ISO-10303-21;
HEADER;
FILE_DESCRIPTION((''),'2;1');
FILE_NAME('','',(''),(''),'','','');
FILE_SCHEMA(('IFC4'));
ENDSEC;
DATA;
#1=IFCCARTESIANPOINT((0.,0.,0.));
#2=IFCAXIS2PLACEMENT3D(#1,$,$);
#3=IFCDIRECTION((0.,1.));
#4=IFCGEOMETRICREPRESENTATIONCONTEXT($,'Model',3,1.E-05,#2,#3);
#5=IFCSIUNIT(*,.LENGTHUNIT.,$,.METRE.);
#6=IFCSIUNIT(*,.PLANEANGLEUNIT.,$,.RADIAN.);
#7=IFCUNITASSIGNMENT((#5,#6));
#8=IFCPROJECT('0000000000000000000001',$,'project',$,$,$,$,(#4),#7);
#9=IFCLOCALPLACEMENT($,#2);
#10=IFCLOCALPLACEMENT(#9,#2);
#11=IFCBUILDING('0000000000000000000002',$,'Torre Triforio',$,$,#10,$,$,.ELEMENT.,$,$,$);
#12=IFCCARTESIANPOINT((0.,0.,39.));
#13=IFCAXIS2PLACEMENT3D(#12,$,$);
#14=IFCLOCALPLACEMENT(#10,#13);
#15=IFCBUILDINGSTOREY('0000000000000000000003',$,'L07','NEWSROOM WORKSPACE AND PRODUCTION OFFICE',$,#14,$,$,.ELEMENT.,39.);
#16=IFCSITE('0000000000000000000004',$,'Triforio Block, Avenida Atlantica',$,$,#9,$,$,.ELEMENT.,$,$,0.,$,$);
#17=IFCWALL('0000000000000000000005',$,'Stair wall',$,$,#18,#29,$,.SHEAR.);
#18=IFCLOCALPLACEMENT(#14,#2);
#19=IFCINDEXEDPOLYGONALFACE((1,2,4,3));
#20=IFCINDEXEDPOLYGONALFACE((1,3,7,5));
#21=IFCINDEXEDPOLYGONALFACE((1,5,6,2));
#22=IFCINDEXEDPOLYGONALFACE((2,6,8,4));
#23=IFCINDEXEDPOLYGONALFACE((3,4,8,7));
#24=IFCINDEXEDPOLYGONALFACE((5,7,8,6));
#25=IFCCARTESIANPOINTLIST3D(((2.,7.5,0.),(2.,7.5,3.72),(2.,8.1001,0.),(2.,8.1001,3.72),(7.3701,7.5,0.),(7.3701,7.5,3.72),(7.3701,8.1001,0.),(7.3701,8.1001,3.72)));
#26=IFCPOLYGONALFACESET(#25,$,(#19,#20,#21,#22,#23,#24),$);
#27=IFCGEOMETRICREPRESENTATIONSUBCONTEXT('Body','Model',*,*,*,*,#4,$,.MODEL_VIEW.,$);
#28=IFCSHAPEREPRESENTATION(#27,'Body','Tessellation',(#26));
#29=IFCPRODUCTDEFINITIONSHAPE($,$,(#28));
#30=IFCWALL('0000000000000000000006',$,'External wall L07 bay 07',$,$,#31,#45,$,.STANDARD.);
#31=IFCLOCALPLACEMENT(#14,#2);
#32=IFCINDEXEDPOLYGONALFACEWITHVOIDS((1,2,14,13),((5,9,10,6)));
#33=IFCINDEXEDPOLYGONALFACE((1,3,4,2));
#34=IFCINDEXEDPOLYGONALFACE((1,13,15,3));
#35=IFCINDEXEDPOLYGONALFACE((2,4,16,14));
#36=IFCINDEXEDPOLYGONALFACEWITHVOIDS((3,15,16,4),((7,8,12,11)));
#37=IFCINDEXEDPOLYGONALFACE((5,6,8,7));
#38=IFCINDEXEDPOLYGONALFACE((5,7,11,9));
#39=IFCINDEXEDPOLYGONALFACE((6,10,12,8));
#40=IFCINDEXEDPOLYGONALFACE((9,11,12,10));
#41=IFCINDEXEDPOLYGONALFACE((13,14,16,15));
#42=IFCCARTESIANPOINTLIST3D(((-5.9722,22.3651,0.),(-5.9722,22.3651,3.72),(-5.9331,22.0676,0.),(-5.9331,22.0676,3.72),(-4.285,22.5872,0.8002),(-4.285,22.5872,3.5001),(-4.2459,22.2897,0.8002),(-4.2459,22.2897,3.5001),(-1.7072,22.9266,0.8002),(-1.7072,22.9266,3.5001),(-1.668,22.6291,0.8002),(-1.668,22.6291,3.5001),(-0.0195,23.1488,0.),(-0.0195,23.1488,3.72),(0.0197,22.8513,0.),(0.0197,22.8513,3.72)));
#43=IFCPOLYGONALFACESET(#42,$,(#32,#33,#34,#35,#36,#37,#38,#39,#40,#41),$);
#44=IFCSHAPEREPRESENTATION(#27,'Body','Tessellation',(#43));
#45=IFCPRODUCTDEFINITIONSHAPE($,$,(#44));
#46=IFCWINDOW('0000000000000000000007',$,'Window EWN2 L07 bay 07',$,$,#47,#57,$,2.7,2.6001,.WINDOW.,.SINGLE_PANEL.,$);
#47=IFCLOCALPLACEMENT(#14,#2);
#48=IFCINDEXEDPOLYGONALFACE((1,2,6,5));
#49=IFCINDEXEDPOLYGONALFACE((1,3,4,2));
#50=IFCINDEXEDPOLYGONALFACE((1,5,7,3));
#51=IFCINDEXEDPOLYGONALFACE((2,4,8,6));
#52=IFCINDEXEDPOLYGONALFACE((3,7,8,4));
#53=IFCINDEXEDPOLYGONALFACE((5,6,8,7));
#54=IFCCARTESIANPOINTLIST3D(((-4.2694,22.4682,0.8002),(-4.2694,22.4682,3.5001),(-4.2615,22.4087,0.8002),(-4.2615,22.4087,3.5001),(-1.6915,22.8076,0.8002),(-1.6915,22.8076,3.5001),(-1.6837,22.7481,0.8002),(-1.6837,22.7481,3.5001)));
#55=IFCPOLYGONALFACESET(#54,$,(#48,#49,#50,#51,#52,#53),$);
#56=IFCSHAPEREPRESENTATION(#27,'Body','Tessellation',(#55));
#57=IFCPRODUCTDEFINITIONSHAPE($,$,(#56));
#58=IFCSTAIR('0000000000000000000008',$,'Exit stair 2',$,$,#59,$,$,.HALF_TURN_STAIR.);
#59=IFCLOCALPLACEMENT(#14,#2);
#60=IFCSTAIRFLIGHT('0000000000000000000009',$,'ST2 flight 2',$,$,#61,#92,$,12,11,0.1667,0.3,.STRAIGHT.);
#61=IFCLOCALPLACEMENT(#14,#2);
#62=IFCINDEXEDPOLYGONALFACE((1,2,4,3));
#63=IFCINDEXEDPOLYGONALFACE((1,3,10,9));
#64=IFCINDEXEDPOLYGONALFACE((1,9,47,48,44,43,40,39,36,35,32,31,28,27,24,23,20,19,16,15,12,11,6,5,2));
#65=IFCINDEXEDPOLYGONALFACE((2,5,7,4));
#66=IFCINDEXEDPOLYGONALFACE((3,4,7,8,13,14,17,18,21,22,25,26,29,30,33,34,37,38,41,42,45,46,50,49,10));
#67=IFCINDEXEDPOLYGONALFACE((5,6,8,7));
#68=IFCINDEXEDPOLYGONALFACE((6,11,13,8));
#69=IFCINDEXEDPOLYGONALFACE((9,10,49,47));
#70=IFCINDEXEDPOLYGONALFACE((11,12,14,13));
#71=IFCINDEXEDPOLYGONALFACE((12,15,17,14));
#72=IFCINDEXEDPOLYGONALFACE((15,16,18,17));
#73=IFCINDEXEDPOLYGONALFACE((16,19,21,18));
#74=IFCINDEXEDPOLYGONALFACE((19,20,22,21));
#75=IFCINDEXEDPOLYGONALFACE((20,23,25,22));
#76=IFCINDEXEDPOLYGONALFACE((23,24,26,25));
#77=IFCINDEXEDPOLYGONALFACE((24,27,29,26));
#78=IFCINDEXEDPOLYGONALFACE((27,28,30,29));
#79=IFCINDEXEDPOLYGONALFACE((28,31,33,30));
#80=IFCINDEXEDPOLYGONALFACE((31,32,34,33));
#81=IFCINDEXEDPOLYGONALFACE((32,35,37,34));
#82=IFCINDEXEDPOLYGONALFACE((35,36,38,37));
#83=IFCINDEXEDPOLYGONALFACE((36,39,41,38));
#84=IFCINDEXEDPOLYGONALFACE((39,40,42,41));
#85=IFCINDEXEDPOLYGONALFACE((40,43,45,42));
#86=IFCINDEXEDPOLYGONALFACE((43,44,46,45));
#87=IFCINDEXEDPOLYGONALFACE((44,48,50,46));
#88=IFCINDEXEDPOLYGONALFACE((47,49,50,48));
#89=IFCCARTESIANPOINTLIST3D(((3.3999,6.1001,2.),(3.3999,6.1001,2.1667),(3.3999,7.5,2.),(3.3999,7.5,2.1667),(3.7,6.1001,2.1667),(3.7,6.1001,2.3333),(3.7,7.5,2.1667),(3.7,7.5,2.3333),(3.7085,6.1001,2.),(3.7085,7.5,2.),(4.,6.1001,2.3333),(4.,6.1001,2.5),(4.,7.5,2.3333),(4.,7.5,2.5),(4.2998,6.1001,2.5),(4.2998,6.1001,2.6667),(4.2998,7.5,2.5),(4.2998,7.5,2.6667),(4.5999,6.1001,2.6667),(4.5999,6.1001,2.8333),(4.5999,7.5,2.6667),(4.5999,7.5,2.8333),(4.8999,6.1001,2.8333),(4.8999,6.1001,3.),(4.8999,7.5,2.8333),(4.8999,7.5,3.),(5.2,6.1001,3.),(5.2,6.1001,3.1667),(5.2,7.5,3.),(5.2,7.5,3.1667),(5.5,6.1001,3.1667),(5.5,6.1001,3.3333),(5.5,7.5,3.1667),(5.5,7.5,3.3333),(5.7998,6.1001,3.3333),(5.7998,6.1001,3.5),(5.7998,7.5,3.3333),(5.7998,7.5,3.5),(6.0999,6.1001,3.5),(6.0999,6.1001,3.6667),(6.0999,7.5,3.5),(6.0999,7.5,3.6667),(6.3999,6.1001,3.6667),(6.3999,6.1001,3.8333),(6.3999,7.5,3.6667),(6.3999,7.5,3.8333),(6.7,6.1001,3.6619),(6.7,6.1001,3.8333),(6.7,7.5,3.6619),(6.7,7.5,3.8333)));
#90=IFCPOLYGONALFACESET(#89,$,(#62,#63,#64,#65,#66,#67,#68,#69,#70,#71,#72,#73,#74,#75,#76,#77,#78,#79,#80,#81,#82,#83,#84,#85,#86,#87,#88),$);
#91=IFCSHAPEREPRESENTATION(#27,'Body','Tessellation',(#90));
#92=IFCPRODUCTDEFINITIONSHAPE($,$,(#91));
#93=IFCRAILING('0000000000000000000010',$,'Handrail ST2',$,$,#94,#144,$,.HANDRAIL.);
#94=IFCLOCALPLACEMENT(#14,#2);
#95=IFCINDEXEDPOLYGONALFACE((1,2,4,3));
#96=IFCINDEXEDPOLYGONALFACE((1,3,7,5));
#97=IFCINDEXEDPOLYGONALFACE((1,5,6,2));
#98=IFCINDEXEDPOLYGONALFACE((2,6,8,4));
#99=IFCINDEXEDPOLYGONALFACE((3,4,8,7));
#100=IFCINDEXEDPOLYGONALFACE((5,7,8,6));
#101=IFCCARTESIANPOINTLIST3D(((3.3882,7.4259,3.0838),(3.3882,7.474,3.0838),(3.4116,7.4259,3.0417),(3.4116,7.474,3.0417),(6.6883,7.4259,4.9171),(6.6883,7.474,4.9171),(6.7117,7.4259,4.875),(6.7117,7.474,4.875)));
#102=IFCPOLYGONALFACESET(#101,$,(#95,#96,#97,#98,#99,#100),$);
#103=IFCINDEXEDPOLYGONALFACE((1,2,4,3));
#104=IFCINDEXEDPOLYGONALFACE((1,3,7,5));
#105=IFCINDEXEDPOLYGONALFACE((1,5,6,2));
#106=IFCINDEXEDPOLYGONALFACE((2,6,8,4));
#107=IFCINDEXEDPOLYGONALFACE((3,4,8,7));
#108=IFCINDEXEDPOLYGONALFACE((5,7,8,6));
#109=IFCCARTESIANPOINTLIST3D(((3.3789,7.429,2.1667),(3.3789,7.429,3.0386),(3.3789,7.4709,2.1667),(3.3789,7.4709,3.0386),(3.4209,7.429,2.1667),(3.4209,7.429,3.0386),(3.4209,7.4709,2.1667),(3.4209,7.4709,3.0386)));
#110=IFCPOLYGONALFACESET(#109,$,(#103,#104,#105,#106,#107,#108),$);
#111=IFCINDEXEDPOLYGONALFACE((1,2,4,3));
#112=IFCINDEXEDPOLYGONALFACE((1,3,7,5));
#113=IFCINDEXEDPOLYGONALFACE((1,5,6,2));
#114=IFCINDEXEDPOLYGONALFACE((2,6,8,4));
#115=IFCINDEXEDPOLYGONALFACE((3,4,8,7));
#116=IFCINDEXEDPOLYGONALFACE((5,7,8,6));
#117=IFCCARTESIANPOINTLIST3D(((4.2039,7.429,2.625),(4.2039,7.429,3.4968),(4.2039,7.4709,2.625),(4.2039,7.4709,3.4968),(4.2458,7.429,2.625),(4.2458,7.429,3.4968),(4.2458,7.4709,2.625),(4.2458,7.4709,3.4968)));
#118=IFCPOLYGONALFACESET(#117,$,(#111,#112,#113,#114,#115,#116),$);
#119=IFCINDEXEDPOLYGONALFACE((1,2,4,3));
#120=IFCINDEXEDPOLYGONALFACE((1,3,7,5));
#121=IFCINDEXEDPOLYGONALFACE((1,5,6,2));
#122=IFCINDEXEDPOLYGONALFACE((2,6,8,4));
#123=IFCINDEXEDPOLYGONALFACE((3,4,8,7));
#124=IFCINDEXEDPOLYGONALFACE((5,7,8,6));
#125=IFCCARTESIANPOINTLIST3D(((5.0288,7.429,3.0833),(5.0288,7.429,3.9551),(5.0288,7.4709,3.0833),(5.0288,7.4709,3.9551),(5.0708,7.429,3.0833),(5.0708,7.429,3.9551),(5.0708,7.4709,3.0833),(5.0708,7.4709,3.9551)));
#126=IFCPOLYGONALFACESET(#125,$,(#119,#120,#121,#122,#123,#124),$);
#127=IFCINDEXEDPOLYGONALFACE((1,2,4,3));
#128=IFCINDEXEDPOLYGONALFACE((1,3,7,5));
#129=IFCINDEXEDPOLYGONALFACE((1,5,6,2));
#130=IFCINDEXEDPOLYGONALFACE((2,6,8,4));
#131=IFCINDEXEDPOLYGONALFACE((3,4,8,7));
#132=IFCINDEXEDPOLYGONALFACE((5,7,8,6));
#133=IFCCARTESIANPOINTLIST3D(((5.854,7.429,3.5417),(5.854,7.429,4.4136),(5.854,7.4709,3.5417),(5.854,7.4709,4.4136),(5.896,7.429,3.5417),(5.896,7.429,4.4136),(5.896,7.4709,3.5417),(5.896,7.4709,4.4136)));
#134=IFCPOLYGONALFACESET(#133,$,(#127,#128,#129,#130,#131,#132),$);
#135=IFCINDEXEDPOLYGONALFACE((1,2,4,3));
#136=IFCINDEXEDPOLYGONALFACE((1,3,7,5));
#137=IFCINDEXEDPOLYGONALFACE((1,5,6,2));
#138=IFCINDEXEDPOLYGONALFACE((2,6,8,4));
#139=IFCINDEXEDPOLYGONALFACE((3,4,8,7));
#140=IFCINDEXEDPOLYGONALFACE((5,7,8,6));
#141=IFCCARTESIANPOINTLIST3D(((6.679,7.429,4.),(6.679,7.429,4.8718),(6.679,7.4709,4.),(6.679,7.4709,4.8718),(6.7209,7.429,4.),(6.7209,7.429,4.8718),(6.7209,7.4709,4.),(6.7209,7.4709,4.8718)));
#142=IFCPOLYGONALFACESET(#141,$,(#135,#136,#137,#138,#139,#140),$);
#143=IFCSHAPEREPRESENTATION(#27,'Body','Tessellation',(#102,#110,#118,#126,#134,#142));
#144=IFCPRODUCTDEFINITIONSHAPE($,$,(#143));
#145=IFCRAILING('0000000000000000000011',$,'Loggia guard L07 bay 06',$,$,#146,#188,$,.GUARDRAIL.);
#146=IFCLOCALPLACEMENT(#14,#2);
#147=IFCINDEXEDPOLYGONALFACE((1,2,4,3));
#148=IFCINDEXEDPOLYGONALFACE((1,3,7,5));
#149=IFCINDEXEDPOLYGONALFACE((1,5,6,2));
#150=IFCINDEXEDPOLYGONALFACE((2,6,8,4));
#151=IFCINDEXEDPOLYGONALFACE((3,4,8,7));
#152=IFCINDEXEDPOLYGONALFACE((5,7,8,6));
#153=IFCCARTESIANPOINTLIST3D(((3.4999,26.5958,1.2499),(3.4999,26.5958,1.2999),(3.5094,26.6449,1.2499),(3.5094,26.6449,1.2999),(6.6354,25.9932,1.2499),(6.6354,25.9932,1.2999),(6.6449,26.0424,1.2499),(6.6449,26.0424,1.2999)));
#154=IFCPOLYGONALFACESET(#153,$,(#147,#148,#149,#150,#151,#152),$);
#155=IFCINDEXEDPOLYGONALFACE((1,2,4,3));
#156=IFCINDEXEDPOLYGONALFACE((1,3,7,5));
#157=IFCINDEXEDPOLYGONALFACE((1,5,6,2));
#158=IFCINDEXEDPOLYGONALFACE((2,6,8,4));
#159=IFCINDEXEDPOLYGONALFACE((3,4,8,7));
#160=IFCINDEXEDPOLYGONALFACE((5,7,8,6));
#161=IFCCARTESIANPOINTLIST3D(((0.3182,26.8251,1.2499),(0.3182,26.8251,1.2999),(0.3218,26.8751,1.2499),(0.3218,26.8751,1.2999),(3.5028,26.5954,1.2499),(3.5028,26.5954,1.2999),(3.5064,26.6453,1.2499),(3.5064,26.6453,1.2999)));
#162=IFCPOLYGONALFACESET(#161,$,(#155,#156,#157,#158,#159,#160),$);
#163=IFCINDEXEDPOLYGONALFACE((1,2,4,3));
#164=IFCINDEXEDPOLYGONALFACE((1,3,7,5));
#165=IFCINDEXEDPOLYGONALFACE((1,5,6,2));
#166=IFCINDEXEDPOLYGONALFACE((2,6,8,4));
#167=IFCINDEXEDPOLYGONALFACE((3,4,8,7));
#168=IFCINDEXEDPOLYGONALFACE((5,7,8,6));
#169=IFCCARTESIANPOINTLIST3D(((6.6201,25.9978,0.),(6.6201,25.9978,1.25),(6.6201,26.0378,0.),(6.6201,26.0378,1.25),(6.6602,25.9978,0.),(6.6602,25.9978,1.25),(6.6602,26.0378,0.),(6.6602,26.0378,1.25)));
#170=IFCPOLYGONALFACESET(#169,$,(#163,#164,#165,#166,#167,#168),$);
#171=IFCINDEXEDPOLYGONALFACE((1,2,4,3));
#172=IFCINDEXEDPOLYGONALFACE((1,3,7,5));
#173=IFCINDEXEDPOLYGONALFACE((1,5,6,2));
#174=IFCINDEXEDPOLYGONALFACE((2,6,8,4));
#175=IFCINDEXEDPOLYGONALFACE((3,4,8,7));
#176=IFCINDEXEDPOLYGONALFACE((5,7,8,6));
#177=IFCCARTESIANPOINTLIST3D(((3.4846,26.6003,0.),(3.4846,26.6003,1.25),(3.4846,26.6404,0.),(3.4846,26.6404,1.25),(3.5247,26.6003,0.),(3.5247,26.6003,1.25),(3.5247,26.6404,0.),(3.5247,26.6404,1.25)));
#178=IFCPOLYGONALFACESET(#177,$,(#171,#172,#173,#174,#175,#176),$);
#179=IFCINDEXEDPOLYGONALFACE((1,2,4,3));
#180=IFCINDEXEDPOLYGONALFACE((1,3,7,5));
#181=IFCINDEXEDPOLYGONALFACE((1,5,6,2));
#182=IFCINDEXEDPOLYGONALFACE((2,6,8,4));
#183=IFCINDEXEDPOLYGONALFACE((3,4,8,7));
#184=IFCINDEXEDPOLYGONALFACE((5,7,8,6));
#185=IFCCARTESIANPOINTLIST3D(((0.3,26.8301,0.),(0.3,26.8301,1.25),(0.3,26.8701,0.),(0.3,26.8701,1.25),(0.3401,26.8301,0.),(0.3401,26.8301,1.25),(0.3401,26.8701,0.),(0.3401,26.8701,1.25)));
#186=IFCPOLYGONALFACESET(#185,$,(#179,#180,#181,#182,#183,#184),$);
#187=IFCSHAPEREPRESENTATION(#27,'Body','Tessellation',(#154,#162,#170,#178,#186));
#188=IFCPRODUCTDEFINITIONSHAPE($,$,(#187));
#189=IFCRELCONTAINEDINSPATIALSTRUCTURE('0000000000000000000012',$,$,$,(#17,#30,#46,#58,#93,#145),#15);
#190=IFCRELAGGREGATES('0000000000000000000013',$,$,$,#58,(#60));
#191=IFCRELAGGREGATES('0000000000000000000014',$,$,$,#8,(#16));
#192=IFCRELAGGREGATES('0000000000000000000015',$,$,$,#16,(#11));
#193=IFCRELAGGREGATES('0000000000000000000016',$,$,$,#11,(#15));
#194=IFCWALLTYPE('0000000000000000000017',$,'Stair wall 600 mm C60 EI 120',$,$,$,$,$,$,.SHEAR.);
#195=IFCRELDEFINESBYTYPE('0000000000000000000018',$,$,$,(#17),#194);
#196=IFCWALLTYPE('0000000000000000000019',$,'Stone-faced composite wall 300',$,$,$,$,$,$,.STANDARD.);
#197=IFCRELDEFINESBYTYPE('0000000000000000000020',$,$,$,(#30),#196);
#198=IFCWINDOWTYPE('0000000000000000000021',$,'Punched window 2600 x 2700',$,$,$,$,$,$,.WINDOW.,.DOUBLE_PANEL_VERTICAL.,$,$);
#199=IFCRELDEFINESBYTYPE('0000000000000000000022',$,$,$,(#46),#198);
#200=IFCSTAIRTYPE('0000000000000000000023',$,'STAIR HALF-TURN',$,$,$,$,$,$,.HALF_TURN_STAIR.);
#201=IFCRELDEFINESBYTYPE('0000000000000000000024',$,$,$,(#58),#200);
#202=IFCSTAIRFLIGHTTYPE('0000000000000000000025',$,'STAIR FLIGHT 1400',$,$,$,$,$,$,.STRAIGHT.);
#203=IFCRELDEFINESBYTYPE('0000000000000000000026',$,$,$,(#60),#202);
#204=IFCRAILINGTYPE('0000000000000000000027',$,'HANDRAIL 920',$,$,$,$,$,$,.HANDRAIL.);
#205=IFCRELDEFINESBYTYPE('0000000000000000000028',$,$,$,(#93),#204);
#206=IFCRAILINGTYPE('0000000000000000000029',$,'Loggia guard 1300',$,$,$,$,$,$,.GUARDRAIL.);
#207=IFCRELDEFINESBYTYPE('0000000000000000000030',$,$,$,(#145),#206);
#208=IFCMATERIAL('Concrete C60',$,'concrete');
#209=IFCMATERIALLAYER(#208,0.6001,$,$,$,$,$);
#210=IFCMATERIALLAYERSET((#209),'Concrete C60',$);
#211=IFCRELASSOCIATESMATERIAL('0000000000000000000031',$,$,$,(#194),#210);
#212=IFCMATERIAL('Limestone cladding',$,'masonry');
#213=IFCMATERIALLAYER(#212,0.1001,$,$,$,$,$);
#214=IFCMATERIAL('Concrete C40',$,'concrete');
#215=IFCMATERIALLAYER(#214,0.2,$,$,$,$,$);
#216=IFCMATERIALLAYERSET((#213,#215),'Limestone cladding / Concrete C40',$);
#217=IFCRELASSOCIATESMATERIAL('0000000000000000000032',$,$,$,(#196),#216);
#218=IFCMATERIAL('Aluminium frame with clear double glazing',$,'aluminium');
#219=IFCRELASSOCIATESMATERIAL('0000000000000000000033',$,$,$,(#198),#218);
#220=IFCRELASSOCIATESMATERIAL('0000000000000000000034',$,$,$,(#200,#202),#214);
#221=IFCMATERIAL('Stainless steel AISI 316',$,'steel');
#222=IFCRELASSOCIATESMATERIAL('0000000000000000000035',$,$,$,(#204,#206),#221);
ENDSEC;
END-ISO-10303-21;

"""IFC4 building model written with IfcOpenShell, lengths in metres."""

from ifc_helpers import new_model, si_unit, direction, frame, frame_2d, origin, origin_2d, place, context, subcontext, project, spatial, polyline, rectangle, outline, extrude, material, layer, layer_set, type_object, element, fill, aggregate, save


model = new_model("IFC4")

# Units and contexts
model_context = context("Model", 3, precision=1e-05, world=origin(), true_north=direction((0.0, 1.0)))
body_context = subcontext(model_context, "Body", "Model", "MODEL_VIEW")
ifc_project = project(units=[si_unit("LENGTHUNIT", "METRE"), si_unit("PLANEANGLEUNIT", "RADIAN")], contexts=[model_context])

# Site, building, storey
site_placement = place(None, origin())
site = spatial("IfcSite", under=ifc_project, at=site_placement, Name="Triforio Block, Avenida Atlantica", CompositionType="ELEMENT", RefElevation=0.0)
building_placement = place(site_placement, origin())
building = spatial("IfcBuilding", under=site, at=building_placement, Name="Torre Triforio", CompositionType="ELEMENT")
storey_placement = place(building_placement, frame((0.0, 0.0, 39.0)))
storey = spatial("IfcBuildingStorey", under=building, at=storey_placement, Name="L07", Description="NEWSROOM WORKSPACE AND PRODUCTION OFFICE", CompositionType="ELEMENT", Elevation=39.0)

# Shared definitions
ifc_material_1 = material(Name="Concrete C60", Category="concrete")

# Wall
ifc_layer_1 = layer(ifc_material_1, 0.6001)
ifc_layer_set_1 = layer_set([ifc_layer_1], Name="Concrete C60")
wall_type_1 = type_object("IfcWallType", Name="Stair wall 600 mm C60 EI 120", PredefinedType="SHEAR", material=ifc_layer_set_1)
wall_1_placement = place(storey_placement, frame((2.0, 7.8, 0.0), z_axis=(0.0, 0.0, 1.0), x_axis=(1.0, 0.0, 0.0)))
element("IfcWall", 1, at=wall_1_placement, inside=storey, type_object=wall_type_1, Name="Stair wall", PredefinedType="SHEAR", context=body_context, shape_type="SweptSolid", body=[
    extrude(rectangle(XDim=5.3701, YDim=0.6001, at=frame_2d((2.6851, 0.0))), origin(), (0.0, 0.0, 1.0), 3.72),
])

# Shared definitions
ifc_material_2 = material(Name="Limestone cladding", Category="masonry")
ifc_layer_2 = layer(ifc_material_2, 0.1001)
ifc_material_3 = material(Name="Concrete C40", Category="concrete")
ifc_layer_3 = layer(ifc_material_3, 0.2)
ifc_layer_set_2 = layer_set([ifc_layer_2, ifc_layer_3], Name="Limestone cladding / Concrete C40")
wall_type_2 = type_object("IfcWallType", Name="Stone-faced composite wall 300", PredefinedType="STANDARD", material=ifc_layer_set_2)
ifc_material_4 = material(Name="Aluminium frame with clear double glazing", Category="aluminium")

# Wall, opening, window
wall_2_placement = place(storey_placement, frame((0.0, 23.0, 0.0), z_axis=(0.0, 0.0, 1.0), x_axis=(-0.991445, -0.130523, 0.0)))
wall_2 = element("IfcWall", 2, at=wall_2_placement, inside=storey, type_object=wall_type_2, Name="External wall L07 bay 07", PredefinedType="STANDARD", context=body_context, shape_type="SweptSolid", body=[
    extrude(rectangle(XDim=6.0042, YDim=0.3, at=frame_2d((3.002, 0.0))), origin(), (0.0, 0.0, 1.0), 3.72),
])
opening_1_placement = place(wall_2_placement, frame((1.7021, 0.0, 0.8)))
opening_1 = element("IfcOpeningElement", 3, at=opening_1_placement, cuts=wall_2, PredefinedType="OPENING", context=body_context, shape_type="SweptSolid", body=[
    extrude(rectangle(XDim=2.6001, YDim=2.7, at=frame_2d((1.3, 1.3501))), frame((0.0, 0.1599, 0.0), z_axis=(0.0, -1.0, 0.0), x_axis=(1.0, 0.0, 0.0)), (0.0, 0.0, 1.0), 0.3201),
])
window_type_1 = type_object("IfcWindowType", Name="Punched window 2600 x 2700", PartitioningType="DOUBLE_PANEL_VERTICAL", PredefinedType="WINDOW", material=ifc_material_4)
window_1_placement = place(opening_1_placement, origin())
window_1 = element("IfcWindow", 4, at=window_1_placement, inside=storey, type_object=window_type_1, Name="Window EWN2 L07 bay 07", OverallHeight=2.7, OverallWidth=2.6001, PartitioningType="SINGLE_PANEL", PredefinedType="WINDOW", context=body_context, shape_type="SweptSolid", body=[
    extrude(rectangle(XDim=2.6001, YDim=2.7, at=frame_2d((1.3, 1.3501))), frame((0.0, 0.03, 0.0), z_axis=(0.0, -1.0, 0.0), x_axis=(1.0, 0.0, 0.0)), (0.0, 0.0, 1.0), 0.0601),
])
fill(opening_1, window_1)

# Stair, stair flight
stair_type = type_object("IfcStairType", Name="STAIR HALF-TURN", PredefinedType="HALF_TURN_STAIR", material=ifc_material_3)
stair_placement = place(storey_placement, origin())
stair = element("IfcStair", 5, at=stair_placement, inside=storey, type_object=stair_type, Name="Exit stair 2", PredefinedType="HALF_TURN_STAIR")
stair_flight_type = type_object("IfcStairFlightType", Name="STAIR FLIGHT 1400", PredefinedType="STRAIGHT", material=ifc_material_3)
stair_flight_placement = place(storey_placement, frame((3.3999, 6.8, 2.0), z_axis=(0.0, 0.0, 1.0), x_axis=(1.0, 0.0, 0.0)))
stair_flight = element("IfcStairFlight", 6, at=stair_flight_placement, type_object=stair_flight_type, Name="ST2 flight 2", NumberOfRisers=12, NumberOfTreads=11, PredefinedType="STRAIGHT", RiserHeight=0.1667, TreadLength=0.3, context=body_context, shape_type="SweptSolid", body=[
    extrude(outline(polyline([(0.0, 0.0), (0.0, 0.1667), (0.3, 0.1667), (0.3, 0.3333), (0.6001, 0.3333), (0.6001, 0.5), (0.8999, 0.5), (0.8999, 0.6667), (1.2, 0.6667), (1.2, 0.8333), (1.5, 0.8333), (1.5, 1.0), (1.8, 1.0), (1.8, 1.1667), (2.1001, 1.1667), (2.1001, 1.3333), (2.3999, 1.3333), (2.3999, 1.5), (2.7, 1.5), (2.7, 1.6667), (3.0, 1.6667), (3.0, 1.8333), (3.3, 1.8333), (3.3, 2.0), (3.3, 1.6619), (0.3086, 0.0), (0.0, 0.0)])), frame((0.0, 0.7, 0.0), z_axis=(0.0, -1.0, 0.0), x_axis=(1.0, 0.0, 0.0)), (0.0, 0.0, 1.0), 1.3999),
])
aggregate(stair, [stair_flight])

# Railings
ifc_material_5 = material(Name="Stainless steel AISI 316", Category="steel")
railing_type_1 = type_object("IfcRailingType", Name="HANDRAIL 920", PredefinedType="HANDRAIL", material=ifc_material_5)
railing_1_placement = place(storey_placement, frame((3.3999, 7.45, 2.1667)))
element("IfcRailing", 7, at=railing_1_placement, inside=storey, type_object=railing_type_1, Name="Handrail ST2", PredefinedType="HANDRAIL", context=body_context, shape_type="SweptSolid", body=[
    extrude(rectangle(XDim=0.0481, YDim=0.0481, at=origin_2d()), frame((0.0, 0.0, 0.896), z_axis=(0.874169, 0.0, 0.485621), x_axis=(0.0, 1.0, 0.0)), (0.0, 0.0, 1.0), 3.7751),
    extrude(rectangle(XDim=0.042, YDim=0.042, at=origin_2d()), origin(), (0.0, 0.0, 1.0), 0.8718),
    extrude(rectangle(XDim=0.042, YDim=0.042, at=origin_2d()), frame((0.825, 0.0, 0.4583)), (0.0, 0.0, 1.0), 0.8718),
    extrude(rectangle(XDim=0.042, YDim=0.042, at=origin_2d()), frame((1.6499, 0.0, 0.9165)), (0.0, 0.0, 1.0), 0.8718),
    extrude(rectangle(XDim=0.042, YDim=0.042, at=origin_2d()), frame((2.4751, 0.0, 1.375)), (0.0, 0.0, 1.0), 0.8718),
    extrude(rectangle(XDim=0.042, YDim=0.042, at=origin_2d()), frame((3.3, 0.0, 1.8333)), (0.0, 0.0, 1.0), 0.8718),
])
railing_type_2 = type_object("IfcRailingType", Name="Loggia guard 1300", PredefinedType="GUARDRAIL", material=ifc_material_5)
railing_2_placement = place(storey_placement, frame((6.6401, 26.0178, 0.0)))
element("IfcRailing", 8, at=railing_2_placement, inside=storey, type_object=railing_type_2, Name="Loggia guard L07 bay 06", PredefinedType="GUARDRAIL", context=body_context, shape_type="SweptSolid", body=[
    extrude(rectangle(XDim=0.05, YDim=0.05, at=origin_2d()), frame((0.0, 0.0, 1.2749), z_axis=(-0.982032, 0.188714, 0.0), x_axis=(-0.188714, -0.982032, 0.0)), (0.0, 0.0, 1.0), 3.1929),
    extrude(rectangle(XDim=0.05, YDim=0.05, at=origin_2d()), frame((-3.1355, 0.6025, 1.2749), z_axis=(-0.997408, 0.071953, 0.0), x_axis=(-0.071953, -0.997408, 0.0)), (0.0, 0.0, 1.0), 3.1929),
    extrude(rectangle(XDim=0.04, YDim=0.04, at=origin_2d()), origin(), (0.0, 0.0, 1.0), 1.25),
    extrude(rectangle(XDim=0.04, YDim=0.04, at=origin_2d()), frame((-3.1355, 0.6025, 0.0)), (0.0, 0.0, 1.0), 1.25),
    extrude(rectangle(XDim=0.04, YDim=0.04, at=origin_2d()), frame((-6.3201, 0.8323, 0.0)), (0.0, 0.0, 1.0), 1.25),
])

save(model, "model.ifc")
